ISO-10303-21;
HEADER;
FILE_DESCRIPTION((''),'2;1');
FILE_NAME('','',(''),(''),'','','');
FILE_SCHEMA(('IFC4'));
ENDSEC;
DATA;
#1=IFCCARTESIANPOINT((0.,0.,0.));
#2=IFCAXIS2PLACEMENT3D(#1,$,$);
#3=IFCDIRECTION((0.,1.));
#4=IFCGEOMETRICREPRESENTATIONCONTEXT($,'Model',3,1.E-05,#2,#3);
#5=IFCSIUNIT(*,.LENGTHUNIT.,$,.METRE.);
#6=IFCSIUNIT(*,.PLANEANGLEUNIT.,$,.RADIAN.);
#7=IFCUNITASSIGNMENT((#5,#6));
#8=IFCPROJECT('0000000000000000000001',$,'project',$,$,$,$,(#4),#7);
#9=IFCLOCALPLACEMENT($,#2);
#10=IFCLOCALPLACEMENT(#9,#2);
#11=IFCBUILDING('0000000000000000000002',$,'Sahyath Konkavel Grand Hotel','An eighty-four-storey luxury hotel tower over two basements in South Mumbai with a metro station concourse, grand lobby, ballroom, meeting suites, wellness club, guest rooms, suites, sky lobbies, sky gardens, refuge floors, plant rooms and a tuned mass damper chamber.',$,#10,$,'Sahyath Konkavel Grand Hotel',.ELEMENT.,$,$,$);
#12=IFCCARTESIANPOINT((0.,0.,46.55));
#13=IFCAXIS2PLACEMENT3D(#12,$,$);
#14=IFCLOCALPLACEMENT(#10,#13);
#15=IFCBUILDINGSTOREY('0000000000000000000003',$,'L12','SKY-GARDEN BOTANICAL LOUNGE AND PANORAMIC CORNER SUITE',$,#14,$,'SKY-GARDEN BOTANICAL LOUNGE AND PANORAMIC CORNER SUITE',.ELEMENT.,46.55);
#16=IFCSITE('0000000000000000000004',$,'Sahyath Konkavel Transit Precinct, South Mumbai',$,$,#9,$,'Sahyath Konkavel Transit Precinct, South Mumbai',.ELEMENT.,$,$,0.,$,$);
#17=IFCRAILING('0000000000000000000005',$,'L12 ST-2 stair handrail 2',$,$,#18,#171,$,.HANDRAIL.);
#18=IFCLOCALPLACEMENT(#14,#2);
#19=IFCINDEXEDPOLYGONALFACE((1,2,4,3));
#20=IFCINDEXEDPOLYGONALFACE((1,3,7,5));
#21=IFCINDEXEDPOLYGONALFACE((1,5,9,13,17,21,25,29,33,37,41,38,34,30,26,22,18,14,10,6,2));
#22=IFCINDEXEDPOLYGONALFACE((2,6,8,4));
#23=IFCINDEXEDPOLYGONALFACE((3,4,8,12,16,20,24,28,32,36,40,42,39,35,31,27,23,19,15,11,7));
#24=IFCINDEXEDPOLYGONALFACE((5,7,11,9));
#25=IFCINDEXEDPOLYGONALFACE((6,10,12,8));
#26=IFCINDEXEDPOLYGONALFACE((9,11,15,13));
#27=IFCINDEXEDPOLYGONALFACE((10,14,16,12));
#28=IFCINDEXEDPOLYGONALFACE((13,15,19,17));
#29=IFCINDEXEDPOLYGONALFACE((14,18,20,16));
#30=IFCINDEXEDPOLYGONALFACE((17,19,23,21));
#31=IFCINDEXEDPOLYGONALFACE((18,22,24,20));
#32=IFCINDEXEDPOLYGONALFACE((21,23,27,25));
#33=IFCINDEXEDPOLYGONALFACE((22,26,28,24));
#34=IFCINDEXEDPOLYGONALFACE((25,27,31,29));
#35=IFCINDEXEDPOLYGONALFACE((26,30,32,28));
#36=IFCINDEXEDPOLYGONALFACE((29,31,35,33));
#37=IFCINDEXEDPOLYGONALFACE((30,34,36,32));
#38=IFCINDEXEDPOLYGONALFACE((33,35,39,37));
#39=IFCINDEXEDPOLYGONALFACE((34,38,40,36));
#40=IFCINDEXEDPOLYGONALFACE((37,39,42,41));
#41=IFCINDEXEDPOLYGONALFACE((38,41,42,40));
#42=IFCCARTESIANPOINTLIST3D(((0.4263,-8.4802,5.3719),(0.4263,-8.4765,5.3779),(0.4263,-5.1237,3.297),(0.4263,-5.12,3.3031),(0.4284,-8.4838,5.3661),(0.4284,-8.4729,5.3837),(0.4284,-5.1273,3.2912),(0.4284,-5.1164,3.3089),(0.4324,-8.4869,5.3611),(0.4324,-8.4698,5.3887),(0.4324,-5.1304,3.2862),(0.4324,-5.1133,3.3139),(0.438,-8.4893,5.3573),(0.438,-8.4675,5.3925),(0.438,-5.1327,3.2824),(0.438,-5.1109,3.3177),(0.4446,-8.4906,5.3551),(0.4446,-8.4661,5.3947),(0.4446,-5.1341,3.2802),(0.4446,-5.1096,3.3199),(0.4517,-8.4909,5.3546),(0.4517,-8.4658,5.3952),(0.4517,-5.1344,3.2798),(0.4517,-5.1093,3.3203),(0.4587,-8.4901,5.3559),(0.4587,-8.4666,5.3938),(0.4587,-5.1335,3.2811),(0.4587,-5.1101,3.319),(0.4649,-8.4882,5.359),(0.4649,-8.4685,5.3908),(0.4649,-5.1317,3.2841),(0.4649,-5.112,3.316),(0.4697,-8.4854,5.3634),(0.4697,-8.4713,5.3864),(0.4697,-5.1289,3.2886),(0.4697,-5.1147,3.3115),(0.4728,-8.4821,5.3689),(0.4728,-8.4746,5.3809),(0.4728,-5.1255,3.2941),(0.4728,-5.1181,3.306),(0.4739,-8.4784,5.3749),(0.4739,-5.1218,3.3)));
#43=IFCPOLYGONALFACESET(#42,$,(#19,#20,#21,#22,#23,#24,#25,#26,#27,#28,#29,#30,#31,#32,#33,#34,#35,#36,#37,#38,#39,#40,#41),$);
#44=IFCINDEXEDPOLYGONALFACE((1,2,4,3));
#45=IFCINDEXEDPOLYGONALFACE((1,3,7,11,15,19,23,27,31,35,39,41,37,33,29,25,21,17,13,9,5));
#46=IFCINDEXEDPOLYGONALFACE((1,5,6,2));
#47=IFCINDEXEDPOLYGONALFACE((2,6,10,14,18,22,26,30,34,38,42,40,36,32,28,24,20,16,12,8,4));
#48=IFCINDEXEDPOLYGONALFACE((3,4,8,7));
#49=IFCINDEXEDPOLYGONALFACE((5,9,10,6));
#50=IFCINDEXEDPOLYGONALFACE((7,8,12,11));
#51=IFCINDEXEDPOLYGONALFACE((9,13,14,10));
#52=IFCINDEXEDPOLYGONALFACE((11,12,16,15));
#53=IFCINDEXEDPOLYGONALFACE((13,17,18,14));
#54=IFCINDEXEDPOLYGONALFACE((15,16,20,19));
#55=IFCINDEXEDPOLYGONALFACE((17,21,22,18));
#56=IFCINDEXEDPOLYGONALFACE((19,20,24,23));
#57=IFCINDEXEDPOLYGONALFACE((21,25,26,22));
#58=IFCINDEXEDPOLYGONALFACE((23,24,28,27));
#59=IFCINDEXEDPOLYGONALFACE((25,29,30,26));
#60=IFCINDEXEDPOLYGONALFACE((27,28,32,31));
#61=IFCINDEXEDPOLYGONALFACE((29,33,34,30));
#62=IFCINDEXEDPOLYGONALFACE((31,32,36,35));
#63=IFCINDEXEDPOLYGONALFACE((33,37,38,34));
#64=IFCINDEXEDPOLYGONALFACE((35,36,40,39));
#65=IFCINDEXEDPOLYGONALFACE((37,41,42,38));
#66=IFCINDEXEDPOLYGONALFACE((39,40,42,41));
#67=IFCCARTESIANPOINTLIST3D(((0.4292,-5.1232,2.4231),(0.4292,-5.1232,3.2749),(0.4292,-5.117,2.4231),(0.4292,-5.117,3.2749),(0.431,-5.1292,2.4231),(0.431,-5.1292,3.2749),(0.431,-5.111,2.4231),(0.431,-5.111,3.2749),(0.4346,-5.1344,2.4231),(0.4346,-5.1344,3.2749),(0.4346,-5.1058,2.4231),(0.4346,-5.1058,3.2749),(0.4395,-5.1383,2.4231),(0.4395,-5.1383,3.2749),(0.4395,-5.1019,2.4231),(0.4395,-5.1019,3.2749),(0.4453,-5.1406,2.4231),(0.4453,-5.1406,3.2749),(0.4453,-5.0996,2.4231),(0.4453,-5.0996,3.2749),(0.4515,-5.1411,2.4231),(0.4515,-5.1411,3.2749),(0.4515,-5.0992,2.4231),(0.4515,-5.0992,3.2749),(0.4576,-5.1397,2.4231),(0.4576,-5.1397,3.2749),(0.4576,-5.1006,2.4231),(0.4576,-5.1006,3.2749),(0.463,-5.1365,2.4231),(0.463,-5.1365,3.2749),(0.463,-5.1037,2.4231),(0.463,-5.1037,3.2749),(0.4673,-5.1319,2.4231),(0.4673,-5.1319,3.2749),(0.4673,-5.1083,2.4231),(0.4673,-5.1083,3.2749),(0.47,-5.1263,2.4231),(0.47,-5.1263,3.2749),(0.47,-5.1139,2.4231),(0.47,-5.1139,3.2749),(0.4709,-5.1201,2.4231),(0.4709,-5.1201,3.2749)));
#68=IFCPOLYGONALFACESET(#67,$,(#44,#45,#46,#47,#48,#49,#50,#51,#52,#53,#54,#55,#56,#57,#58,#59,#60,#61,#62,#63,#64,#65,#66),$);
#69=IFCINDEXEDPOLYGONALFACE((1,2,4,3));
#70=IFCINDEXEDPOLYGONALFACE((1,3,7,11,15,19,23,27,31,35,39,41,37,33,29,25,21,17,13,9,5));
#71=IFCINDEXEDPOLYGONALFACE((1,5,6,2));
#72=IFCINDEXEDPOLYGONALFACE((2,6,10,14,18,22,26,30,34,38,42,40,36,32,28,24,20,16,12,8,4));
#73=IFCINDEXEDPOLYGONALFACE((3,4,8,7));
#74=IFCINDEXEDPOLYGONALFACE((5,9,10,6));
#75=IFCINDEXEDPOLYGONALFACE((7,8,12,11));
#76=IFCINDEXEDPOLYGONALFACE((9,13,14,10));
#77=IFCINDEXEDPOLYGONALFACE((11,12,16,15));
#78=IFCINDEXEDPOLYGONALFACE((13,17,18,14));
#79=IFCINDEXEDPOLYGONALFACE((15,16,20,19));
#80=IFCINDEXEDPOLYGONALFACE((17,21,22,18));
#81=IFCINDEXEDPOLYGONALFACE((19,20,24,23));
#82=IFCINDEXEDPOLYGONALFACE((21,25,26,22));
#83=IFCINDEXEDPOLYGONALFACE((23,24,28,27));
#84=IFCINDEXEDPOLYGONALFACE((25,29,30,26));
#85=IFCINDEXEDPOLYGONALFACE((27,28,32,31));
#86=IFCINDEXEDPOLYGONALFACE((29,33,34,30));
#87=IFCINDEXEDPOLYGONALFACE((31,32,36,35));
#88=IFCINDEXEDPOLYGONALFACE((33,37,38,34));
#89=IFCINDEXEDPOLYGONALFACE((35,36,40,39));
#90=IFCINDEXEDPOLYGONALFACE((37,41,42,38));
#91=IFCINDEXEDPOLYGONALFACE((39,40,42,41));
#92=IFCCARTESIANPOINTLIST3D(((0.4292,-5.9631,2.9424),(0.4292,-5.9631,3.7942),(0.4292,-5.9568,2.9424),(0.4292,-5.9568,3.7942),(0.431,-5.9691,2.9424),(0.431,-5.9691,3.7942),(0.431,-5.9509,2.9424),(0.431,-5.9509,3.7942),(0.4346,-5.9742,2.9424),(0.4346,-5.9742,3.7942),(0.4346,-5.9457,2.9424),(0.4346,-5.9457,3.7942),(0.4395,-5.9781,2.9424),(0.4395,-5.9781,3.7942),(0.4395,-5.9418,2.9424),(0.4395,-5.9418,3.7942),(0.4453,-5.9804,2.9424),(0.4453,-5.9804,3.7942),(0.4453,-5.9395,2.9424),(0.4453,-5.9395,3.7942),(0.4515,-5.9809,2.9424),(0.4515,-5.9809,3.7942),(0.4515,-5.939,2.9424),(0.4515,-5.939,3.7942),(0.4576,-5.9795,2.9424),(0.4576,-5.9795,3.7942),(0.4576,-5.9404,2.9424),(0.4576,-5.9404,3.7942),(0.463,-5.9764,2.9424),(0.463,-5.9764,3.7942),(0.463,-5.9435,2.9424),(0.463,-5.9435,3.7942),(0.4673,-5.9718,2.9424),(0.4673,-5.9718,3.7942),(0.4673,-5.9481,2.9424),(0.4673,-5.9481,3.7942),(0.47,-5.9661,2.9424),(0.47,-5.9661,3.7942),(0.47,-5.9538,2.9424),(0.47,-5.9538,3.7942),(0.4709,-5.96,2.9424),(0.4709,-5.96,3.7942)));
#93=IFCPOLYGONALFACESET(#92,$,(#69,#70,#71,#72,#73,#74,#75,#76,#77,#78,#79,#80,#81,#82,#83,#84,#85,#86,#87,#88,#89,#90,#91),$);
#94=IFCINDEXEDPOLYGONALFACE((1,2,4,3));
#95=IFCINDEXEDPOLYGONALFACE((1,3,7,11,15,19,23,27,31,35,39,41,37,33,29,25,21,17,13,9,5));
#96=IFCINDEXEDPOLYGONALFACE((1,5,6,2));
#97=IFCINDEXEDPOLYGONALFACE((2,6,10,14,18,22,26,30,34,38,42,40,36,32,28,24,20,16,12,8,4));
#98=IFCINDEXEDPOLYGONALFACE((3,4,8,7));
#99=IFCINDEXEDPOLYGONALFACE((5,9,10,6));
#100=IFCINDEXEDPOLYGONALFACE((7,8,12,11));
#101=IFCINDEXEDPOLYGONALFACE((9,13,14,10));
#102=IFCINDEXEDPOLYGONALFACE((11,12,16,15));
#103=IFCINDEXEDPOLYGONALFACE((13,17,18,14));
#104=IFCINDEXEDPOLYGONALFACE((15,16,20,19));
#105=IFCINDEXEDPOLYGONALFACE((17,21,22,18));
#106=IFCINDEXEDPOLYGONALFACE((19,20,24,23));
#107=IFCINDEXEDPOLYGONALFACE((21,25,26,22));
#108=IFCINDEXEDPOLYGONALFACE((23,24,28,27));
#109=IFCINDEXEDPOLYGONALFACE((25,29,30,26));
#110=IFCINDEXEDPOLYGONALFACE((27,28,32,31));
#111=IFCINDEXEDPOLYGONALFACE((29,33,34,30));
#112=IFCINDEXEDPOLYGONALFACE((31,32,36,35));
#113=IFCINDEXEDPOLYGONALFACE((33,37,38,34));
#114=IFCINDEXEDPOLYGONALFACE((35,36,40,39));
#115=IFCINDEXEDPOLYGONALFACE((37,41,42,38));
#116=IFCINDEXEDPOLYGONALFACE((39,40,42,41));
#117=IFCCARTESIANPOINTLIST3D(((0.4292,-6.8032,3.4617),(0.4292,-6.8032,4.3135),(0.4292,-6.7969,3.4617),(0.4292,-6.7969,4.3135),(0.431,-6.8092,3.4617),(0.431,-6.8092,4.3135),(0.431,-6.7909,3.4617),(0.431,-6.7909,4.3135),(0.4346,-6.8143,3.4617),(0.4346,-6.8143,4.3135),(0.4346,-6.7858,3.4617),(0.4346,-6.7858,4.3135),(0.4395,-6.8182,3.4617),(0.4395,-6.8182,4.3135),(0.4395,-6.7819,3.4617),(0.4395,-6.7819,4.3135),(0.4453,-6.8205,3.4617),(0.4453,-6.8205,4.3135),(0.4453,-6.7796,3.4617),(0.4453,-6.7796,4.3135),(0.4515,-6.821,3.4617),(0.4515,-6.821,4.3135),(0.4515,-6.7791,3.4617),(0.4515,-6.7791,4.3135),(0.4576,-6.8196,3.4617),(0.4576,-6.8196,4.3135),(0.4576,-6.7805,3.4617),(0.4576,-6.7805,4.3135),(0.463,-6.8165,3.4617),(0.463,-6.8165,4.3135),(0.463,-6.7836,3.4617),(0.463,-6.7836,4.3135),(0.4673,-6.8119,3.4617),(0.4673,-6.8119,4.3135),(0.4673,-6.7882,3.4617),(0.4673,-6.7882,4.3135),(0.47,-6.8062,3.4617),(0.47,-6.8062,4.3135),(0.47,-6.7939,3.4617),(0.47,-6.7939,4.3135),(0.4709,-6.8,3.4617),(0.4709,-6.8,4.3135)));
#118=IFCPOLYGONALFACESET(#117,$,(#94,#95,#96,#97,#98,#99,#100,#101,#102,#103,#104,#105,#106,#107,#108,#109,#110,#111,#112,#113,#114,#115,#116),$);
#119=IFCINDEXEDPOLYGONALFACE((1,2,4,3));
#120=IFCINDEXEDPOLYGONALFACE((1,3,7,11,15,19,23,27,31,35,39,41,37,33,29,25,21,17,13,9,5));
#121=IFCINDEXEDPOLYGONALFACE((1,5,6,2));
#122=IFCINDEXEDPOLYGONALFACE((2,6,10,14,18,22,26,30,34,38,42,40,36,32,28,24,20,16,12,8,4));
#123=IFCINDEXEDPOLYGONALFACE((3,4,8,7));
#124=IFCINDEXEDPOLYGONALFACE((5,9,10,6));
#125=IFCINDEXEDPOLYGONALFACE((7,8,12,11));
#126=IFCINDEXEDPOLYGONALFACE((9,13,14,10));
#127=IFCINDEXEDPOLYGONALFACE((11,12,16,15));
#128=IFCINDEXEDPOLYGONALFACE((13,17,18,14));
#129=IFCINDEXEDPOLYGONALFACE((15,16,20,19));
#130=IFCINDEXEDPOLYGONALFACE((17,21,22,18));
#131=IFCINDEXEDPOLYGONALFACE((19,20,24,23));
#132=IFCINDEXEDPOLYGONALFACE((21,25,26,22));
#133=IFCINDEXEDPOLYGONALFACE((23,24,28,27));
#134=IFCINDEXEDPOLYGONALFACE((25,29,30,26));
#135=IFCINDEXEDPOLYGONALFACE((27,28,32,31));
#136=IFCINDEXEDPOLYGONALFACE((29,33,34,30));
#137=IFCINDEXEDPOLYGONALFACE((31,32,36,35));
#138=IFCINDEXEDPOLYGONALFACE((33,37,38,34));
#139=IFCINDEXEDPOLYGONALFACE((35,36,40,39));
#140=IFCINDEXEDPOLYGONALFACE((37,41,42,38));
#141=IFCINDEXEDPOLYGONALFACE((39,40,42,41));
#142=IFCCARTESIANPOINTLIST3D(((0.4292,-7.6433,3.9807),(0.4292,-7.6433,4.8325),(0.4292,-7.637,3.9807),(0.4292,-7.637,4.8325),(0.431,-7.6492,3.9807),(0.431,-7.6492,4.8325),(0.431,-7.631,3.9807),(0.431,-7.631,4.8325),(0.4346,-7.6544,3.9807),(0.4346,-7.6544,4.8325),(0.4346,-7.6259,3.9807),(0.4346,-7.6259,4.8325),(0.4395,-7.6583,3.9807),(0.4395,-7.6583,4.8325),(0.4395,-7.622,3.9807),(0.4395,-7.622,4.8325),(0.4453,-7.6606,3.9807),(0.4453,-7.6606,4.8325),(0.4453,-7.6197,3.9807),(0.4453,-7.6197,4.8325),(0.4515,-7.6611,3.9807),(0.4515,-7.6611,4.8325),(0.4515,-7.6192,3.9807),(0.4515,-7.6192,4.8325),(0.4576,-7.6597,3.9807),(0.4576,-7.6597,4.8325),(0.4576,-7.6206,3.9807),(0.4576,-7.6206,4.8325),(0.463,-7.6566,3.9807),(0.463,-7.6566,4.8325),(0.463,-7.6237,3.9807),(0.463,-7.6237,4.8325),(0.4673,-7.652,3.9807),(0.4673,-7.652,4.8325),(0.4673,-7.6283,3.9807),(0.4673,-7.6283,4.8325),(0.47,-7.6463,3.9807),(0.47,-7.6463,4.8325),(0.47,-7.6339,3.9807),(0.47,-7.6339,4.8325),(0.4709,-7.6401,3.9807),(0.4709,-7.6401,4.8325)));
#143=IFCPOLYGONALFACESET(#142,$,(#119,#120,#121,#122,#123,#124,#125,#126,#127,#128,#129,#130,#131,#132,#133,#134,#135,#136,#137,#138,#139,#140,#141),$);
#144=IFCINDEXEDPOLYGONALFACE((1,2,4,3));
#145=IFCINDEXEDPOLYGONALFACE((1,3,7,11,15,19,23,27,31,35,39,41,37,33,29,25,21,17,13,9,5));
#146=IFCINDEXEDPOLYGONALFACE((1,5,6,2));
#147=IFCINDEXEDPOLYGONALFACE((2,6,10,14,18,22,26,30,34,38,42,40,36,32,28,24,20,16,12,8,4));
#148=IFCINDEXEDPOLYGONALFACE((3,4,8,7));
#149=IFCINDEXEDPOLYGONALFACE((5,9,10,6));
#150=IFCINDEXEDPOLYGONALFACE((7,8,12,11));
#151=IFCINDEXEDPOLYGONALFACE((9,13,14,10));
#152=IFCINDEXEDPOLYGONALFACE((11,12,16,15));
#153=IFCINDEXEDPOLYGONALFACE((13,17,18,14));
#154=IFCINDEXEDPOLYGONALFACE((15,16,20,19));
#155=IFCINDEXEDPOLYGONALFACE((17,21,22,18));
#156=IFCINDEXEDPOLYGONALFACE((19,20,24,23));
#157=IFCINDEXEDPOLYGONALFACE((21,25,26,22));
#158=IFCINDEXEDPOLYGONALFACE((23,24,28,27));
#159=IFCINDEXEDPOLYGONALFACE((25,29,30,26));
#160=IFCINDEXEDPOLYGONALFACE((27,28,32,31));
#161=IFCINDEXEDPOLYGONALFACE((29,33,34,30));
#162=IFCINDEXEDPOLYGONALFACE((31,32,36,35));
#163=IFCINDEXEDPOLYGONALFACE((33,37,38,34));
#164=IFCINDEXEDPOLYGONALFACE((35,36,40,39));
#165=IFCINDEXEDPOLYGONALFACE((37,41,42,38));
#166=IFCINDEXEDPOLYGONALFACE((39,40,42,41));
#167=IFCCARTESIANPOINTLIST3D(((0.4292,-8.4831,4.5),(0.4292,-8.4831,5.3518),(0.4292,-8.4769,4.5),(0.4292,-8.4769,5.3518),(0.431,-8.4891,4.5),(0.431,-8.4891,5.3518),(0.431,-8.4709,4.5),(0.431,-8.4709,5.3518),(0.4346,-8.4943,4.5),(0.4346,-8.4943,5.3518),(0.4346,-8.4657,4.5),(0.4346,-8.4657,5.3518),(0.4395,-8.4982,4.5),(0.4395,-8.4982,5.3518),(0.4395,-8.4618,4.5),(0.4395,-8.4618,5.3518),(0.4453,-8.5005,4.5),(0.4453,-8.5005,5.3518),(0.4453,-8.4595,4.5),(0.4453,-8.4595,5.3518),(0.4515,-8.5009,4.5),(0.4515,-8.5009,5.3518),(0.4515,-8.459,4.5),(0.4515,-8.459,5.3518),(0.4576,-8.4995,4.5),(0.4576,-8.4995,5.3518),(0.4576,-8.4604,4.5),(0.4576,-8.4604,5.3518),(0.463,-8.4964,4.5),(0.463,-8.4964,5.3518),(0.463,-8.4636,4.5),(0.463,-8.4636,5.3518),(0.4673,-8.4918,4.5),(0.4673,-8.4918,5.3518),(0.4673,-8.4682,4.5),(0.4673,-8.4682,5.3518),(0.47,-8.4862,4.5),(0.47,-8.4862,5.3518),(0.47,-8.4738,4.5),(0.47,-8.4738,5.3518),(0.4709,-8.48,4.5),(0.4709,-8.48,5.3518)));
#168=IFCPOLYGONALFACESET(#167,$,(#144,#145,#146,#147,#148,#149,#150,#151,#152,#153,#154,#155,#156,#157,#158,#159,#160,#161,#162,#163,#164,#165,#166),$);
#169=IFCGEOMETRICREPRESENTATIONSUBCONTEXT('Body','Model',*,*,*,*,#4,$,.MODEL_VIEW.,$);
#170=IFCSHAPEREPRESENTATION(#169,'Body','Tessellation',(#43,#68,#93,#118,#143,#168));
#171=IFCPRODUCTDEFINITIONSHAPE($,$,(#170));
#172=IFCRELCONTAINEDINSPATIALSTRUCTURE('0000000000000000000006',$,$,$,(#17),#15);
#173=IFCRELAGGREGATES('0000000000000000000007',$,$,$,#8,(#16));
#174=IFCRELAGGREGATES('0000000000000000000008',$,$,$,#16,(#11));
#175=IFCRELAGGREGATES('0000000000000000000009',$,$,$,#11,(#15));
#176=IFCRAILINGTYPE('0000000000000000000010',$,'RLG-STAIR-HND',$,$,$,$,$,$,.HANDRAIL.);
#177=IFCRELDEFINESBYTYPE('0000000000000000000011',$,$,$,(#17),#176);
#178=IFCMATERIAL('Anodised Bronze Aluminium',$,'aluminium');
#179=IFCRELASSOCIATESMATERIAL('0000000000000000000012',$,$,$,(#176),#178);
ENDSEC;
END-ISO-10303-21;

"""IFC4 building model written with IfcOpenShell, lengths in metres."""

from ifc_helpers import new_model, si_unit, direction, frame, origin, origin_2d, place, context, subcontext, project, spatial, circle, extrude, material, type_object, element, save


model = new_model("IFC4")

# Units and contexts
model_context = context("Model", 3, precision=1e-05, world=origin(), true_north=direction((0.0, 1.0)))
body_context = subcontext(model_context, "Body", "Model", "MODEL_VIEW")
ifc_project = project(units=[si_unit("LENGTHUNIT", "METRE"), si_unit("PLANEANGLEUNIT", "RADIAN")], contexts=[model_context])

# Site, building, storey
site_placement = place(None, origin())
site = spatial("IfcSite", under=ifc_project, at=site_placement, Name="Sahyath Konkavel Transit Precinct, South Mumbai", LongName="Sahyath Konkavel Transit Precinct, South Mumbai", CompositionType="ELEMENT", RefElevation=0.0)
building_placement = place(site_placement, origin())
building = spatial("IfcBuilding", under=site, at=building_placement, Name="Sahyath Konkavel Grand Hotel", Description="An eighty-four-storey luxury hotel tower over two basements in South Mumbai with a metro station concourse, grand lobby, ballroom, meeting suites, wellness club, guest rooms, suites, sky lobbies, sky gardens, refuge floors, plant rooms and a tuned mass damper chamber.", LongName="Sahyath Konkavel Grand Hotel", CompositionType="ELEMENT")
storey_placement = place(building_placement, frame((0.0, 0.0, 46.55)))
storey = spatial("IfcBuildingStorey", under=building, at=storey_placement, Name="L12", Description="SKY-GARDEN BOTANICAL LOUNGE AND PANORAMIC CORNER SUITE", LongName="SKY-GARDEN BOTANICAL LOUNGE AND PANORAMIC CORNER SUITE", CompositionType="ELEMENT", Elevation=46.55)

# Railing
ifc_material_1 = material(Name="Anodised Bronze Aluminium", Category="aluminium")
railing_type_1 = type_object("IfcRailingType", Name="RLG-STAIR-HND", PredefinedType="HANDRAIL", material=ifc_material_1)
railing_1_placement = place(storey_placement, frame((0.45, -5.1201, 2.4231)))
element("IfcRailing", 1, at=railing_1_placement, inside=storey, type_object=railing_type_1, Name="L12 ST-2 stair handrail 2", PredefinedType="HANDRAIL", context=body_context, shape_type="SweptSolid", body=[
    extrude(circle(Radius=0.0239, at=origin_2d()), frame((0.0, -0.0017, 0.877), z_axis=(0.0, -0.850606, 0.525803), x_axis=(1.0, 0.0, 0.0)), (0.0, 0.0, 1.0), 3.946),
    extrude(circle(Radius=0.021, at=origin_2d()), origin(), (0.0, 0.0, 1.0), 0.8518),
    extrude(circle(Radius=0.021, at=origin_2d()), frame((0.0, -0.8398, 0.5193)), (0.0, 0.0, 1.0), 0.8518),
    extrude(circle(Radius=0.021, at=origin_2d()), frame((0.0, -1.6799, 1.0386)), (0.0, 0.0, 1.0), 0.8518),
    extrude(circle(Radius=0.021, at=origin_2d()), frame((0.0, -2.52, 1.5576)), (0.0, 0.0, 1.0), 0.8518),
    extrude(circle(Radius=0.021, at=origin_2d()), frame((0.0, -3.3599, 2.0769)), (0.0, 0.0, 1.0), 0.8518),
])

save(model, "model.ifc")
